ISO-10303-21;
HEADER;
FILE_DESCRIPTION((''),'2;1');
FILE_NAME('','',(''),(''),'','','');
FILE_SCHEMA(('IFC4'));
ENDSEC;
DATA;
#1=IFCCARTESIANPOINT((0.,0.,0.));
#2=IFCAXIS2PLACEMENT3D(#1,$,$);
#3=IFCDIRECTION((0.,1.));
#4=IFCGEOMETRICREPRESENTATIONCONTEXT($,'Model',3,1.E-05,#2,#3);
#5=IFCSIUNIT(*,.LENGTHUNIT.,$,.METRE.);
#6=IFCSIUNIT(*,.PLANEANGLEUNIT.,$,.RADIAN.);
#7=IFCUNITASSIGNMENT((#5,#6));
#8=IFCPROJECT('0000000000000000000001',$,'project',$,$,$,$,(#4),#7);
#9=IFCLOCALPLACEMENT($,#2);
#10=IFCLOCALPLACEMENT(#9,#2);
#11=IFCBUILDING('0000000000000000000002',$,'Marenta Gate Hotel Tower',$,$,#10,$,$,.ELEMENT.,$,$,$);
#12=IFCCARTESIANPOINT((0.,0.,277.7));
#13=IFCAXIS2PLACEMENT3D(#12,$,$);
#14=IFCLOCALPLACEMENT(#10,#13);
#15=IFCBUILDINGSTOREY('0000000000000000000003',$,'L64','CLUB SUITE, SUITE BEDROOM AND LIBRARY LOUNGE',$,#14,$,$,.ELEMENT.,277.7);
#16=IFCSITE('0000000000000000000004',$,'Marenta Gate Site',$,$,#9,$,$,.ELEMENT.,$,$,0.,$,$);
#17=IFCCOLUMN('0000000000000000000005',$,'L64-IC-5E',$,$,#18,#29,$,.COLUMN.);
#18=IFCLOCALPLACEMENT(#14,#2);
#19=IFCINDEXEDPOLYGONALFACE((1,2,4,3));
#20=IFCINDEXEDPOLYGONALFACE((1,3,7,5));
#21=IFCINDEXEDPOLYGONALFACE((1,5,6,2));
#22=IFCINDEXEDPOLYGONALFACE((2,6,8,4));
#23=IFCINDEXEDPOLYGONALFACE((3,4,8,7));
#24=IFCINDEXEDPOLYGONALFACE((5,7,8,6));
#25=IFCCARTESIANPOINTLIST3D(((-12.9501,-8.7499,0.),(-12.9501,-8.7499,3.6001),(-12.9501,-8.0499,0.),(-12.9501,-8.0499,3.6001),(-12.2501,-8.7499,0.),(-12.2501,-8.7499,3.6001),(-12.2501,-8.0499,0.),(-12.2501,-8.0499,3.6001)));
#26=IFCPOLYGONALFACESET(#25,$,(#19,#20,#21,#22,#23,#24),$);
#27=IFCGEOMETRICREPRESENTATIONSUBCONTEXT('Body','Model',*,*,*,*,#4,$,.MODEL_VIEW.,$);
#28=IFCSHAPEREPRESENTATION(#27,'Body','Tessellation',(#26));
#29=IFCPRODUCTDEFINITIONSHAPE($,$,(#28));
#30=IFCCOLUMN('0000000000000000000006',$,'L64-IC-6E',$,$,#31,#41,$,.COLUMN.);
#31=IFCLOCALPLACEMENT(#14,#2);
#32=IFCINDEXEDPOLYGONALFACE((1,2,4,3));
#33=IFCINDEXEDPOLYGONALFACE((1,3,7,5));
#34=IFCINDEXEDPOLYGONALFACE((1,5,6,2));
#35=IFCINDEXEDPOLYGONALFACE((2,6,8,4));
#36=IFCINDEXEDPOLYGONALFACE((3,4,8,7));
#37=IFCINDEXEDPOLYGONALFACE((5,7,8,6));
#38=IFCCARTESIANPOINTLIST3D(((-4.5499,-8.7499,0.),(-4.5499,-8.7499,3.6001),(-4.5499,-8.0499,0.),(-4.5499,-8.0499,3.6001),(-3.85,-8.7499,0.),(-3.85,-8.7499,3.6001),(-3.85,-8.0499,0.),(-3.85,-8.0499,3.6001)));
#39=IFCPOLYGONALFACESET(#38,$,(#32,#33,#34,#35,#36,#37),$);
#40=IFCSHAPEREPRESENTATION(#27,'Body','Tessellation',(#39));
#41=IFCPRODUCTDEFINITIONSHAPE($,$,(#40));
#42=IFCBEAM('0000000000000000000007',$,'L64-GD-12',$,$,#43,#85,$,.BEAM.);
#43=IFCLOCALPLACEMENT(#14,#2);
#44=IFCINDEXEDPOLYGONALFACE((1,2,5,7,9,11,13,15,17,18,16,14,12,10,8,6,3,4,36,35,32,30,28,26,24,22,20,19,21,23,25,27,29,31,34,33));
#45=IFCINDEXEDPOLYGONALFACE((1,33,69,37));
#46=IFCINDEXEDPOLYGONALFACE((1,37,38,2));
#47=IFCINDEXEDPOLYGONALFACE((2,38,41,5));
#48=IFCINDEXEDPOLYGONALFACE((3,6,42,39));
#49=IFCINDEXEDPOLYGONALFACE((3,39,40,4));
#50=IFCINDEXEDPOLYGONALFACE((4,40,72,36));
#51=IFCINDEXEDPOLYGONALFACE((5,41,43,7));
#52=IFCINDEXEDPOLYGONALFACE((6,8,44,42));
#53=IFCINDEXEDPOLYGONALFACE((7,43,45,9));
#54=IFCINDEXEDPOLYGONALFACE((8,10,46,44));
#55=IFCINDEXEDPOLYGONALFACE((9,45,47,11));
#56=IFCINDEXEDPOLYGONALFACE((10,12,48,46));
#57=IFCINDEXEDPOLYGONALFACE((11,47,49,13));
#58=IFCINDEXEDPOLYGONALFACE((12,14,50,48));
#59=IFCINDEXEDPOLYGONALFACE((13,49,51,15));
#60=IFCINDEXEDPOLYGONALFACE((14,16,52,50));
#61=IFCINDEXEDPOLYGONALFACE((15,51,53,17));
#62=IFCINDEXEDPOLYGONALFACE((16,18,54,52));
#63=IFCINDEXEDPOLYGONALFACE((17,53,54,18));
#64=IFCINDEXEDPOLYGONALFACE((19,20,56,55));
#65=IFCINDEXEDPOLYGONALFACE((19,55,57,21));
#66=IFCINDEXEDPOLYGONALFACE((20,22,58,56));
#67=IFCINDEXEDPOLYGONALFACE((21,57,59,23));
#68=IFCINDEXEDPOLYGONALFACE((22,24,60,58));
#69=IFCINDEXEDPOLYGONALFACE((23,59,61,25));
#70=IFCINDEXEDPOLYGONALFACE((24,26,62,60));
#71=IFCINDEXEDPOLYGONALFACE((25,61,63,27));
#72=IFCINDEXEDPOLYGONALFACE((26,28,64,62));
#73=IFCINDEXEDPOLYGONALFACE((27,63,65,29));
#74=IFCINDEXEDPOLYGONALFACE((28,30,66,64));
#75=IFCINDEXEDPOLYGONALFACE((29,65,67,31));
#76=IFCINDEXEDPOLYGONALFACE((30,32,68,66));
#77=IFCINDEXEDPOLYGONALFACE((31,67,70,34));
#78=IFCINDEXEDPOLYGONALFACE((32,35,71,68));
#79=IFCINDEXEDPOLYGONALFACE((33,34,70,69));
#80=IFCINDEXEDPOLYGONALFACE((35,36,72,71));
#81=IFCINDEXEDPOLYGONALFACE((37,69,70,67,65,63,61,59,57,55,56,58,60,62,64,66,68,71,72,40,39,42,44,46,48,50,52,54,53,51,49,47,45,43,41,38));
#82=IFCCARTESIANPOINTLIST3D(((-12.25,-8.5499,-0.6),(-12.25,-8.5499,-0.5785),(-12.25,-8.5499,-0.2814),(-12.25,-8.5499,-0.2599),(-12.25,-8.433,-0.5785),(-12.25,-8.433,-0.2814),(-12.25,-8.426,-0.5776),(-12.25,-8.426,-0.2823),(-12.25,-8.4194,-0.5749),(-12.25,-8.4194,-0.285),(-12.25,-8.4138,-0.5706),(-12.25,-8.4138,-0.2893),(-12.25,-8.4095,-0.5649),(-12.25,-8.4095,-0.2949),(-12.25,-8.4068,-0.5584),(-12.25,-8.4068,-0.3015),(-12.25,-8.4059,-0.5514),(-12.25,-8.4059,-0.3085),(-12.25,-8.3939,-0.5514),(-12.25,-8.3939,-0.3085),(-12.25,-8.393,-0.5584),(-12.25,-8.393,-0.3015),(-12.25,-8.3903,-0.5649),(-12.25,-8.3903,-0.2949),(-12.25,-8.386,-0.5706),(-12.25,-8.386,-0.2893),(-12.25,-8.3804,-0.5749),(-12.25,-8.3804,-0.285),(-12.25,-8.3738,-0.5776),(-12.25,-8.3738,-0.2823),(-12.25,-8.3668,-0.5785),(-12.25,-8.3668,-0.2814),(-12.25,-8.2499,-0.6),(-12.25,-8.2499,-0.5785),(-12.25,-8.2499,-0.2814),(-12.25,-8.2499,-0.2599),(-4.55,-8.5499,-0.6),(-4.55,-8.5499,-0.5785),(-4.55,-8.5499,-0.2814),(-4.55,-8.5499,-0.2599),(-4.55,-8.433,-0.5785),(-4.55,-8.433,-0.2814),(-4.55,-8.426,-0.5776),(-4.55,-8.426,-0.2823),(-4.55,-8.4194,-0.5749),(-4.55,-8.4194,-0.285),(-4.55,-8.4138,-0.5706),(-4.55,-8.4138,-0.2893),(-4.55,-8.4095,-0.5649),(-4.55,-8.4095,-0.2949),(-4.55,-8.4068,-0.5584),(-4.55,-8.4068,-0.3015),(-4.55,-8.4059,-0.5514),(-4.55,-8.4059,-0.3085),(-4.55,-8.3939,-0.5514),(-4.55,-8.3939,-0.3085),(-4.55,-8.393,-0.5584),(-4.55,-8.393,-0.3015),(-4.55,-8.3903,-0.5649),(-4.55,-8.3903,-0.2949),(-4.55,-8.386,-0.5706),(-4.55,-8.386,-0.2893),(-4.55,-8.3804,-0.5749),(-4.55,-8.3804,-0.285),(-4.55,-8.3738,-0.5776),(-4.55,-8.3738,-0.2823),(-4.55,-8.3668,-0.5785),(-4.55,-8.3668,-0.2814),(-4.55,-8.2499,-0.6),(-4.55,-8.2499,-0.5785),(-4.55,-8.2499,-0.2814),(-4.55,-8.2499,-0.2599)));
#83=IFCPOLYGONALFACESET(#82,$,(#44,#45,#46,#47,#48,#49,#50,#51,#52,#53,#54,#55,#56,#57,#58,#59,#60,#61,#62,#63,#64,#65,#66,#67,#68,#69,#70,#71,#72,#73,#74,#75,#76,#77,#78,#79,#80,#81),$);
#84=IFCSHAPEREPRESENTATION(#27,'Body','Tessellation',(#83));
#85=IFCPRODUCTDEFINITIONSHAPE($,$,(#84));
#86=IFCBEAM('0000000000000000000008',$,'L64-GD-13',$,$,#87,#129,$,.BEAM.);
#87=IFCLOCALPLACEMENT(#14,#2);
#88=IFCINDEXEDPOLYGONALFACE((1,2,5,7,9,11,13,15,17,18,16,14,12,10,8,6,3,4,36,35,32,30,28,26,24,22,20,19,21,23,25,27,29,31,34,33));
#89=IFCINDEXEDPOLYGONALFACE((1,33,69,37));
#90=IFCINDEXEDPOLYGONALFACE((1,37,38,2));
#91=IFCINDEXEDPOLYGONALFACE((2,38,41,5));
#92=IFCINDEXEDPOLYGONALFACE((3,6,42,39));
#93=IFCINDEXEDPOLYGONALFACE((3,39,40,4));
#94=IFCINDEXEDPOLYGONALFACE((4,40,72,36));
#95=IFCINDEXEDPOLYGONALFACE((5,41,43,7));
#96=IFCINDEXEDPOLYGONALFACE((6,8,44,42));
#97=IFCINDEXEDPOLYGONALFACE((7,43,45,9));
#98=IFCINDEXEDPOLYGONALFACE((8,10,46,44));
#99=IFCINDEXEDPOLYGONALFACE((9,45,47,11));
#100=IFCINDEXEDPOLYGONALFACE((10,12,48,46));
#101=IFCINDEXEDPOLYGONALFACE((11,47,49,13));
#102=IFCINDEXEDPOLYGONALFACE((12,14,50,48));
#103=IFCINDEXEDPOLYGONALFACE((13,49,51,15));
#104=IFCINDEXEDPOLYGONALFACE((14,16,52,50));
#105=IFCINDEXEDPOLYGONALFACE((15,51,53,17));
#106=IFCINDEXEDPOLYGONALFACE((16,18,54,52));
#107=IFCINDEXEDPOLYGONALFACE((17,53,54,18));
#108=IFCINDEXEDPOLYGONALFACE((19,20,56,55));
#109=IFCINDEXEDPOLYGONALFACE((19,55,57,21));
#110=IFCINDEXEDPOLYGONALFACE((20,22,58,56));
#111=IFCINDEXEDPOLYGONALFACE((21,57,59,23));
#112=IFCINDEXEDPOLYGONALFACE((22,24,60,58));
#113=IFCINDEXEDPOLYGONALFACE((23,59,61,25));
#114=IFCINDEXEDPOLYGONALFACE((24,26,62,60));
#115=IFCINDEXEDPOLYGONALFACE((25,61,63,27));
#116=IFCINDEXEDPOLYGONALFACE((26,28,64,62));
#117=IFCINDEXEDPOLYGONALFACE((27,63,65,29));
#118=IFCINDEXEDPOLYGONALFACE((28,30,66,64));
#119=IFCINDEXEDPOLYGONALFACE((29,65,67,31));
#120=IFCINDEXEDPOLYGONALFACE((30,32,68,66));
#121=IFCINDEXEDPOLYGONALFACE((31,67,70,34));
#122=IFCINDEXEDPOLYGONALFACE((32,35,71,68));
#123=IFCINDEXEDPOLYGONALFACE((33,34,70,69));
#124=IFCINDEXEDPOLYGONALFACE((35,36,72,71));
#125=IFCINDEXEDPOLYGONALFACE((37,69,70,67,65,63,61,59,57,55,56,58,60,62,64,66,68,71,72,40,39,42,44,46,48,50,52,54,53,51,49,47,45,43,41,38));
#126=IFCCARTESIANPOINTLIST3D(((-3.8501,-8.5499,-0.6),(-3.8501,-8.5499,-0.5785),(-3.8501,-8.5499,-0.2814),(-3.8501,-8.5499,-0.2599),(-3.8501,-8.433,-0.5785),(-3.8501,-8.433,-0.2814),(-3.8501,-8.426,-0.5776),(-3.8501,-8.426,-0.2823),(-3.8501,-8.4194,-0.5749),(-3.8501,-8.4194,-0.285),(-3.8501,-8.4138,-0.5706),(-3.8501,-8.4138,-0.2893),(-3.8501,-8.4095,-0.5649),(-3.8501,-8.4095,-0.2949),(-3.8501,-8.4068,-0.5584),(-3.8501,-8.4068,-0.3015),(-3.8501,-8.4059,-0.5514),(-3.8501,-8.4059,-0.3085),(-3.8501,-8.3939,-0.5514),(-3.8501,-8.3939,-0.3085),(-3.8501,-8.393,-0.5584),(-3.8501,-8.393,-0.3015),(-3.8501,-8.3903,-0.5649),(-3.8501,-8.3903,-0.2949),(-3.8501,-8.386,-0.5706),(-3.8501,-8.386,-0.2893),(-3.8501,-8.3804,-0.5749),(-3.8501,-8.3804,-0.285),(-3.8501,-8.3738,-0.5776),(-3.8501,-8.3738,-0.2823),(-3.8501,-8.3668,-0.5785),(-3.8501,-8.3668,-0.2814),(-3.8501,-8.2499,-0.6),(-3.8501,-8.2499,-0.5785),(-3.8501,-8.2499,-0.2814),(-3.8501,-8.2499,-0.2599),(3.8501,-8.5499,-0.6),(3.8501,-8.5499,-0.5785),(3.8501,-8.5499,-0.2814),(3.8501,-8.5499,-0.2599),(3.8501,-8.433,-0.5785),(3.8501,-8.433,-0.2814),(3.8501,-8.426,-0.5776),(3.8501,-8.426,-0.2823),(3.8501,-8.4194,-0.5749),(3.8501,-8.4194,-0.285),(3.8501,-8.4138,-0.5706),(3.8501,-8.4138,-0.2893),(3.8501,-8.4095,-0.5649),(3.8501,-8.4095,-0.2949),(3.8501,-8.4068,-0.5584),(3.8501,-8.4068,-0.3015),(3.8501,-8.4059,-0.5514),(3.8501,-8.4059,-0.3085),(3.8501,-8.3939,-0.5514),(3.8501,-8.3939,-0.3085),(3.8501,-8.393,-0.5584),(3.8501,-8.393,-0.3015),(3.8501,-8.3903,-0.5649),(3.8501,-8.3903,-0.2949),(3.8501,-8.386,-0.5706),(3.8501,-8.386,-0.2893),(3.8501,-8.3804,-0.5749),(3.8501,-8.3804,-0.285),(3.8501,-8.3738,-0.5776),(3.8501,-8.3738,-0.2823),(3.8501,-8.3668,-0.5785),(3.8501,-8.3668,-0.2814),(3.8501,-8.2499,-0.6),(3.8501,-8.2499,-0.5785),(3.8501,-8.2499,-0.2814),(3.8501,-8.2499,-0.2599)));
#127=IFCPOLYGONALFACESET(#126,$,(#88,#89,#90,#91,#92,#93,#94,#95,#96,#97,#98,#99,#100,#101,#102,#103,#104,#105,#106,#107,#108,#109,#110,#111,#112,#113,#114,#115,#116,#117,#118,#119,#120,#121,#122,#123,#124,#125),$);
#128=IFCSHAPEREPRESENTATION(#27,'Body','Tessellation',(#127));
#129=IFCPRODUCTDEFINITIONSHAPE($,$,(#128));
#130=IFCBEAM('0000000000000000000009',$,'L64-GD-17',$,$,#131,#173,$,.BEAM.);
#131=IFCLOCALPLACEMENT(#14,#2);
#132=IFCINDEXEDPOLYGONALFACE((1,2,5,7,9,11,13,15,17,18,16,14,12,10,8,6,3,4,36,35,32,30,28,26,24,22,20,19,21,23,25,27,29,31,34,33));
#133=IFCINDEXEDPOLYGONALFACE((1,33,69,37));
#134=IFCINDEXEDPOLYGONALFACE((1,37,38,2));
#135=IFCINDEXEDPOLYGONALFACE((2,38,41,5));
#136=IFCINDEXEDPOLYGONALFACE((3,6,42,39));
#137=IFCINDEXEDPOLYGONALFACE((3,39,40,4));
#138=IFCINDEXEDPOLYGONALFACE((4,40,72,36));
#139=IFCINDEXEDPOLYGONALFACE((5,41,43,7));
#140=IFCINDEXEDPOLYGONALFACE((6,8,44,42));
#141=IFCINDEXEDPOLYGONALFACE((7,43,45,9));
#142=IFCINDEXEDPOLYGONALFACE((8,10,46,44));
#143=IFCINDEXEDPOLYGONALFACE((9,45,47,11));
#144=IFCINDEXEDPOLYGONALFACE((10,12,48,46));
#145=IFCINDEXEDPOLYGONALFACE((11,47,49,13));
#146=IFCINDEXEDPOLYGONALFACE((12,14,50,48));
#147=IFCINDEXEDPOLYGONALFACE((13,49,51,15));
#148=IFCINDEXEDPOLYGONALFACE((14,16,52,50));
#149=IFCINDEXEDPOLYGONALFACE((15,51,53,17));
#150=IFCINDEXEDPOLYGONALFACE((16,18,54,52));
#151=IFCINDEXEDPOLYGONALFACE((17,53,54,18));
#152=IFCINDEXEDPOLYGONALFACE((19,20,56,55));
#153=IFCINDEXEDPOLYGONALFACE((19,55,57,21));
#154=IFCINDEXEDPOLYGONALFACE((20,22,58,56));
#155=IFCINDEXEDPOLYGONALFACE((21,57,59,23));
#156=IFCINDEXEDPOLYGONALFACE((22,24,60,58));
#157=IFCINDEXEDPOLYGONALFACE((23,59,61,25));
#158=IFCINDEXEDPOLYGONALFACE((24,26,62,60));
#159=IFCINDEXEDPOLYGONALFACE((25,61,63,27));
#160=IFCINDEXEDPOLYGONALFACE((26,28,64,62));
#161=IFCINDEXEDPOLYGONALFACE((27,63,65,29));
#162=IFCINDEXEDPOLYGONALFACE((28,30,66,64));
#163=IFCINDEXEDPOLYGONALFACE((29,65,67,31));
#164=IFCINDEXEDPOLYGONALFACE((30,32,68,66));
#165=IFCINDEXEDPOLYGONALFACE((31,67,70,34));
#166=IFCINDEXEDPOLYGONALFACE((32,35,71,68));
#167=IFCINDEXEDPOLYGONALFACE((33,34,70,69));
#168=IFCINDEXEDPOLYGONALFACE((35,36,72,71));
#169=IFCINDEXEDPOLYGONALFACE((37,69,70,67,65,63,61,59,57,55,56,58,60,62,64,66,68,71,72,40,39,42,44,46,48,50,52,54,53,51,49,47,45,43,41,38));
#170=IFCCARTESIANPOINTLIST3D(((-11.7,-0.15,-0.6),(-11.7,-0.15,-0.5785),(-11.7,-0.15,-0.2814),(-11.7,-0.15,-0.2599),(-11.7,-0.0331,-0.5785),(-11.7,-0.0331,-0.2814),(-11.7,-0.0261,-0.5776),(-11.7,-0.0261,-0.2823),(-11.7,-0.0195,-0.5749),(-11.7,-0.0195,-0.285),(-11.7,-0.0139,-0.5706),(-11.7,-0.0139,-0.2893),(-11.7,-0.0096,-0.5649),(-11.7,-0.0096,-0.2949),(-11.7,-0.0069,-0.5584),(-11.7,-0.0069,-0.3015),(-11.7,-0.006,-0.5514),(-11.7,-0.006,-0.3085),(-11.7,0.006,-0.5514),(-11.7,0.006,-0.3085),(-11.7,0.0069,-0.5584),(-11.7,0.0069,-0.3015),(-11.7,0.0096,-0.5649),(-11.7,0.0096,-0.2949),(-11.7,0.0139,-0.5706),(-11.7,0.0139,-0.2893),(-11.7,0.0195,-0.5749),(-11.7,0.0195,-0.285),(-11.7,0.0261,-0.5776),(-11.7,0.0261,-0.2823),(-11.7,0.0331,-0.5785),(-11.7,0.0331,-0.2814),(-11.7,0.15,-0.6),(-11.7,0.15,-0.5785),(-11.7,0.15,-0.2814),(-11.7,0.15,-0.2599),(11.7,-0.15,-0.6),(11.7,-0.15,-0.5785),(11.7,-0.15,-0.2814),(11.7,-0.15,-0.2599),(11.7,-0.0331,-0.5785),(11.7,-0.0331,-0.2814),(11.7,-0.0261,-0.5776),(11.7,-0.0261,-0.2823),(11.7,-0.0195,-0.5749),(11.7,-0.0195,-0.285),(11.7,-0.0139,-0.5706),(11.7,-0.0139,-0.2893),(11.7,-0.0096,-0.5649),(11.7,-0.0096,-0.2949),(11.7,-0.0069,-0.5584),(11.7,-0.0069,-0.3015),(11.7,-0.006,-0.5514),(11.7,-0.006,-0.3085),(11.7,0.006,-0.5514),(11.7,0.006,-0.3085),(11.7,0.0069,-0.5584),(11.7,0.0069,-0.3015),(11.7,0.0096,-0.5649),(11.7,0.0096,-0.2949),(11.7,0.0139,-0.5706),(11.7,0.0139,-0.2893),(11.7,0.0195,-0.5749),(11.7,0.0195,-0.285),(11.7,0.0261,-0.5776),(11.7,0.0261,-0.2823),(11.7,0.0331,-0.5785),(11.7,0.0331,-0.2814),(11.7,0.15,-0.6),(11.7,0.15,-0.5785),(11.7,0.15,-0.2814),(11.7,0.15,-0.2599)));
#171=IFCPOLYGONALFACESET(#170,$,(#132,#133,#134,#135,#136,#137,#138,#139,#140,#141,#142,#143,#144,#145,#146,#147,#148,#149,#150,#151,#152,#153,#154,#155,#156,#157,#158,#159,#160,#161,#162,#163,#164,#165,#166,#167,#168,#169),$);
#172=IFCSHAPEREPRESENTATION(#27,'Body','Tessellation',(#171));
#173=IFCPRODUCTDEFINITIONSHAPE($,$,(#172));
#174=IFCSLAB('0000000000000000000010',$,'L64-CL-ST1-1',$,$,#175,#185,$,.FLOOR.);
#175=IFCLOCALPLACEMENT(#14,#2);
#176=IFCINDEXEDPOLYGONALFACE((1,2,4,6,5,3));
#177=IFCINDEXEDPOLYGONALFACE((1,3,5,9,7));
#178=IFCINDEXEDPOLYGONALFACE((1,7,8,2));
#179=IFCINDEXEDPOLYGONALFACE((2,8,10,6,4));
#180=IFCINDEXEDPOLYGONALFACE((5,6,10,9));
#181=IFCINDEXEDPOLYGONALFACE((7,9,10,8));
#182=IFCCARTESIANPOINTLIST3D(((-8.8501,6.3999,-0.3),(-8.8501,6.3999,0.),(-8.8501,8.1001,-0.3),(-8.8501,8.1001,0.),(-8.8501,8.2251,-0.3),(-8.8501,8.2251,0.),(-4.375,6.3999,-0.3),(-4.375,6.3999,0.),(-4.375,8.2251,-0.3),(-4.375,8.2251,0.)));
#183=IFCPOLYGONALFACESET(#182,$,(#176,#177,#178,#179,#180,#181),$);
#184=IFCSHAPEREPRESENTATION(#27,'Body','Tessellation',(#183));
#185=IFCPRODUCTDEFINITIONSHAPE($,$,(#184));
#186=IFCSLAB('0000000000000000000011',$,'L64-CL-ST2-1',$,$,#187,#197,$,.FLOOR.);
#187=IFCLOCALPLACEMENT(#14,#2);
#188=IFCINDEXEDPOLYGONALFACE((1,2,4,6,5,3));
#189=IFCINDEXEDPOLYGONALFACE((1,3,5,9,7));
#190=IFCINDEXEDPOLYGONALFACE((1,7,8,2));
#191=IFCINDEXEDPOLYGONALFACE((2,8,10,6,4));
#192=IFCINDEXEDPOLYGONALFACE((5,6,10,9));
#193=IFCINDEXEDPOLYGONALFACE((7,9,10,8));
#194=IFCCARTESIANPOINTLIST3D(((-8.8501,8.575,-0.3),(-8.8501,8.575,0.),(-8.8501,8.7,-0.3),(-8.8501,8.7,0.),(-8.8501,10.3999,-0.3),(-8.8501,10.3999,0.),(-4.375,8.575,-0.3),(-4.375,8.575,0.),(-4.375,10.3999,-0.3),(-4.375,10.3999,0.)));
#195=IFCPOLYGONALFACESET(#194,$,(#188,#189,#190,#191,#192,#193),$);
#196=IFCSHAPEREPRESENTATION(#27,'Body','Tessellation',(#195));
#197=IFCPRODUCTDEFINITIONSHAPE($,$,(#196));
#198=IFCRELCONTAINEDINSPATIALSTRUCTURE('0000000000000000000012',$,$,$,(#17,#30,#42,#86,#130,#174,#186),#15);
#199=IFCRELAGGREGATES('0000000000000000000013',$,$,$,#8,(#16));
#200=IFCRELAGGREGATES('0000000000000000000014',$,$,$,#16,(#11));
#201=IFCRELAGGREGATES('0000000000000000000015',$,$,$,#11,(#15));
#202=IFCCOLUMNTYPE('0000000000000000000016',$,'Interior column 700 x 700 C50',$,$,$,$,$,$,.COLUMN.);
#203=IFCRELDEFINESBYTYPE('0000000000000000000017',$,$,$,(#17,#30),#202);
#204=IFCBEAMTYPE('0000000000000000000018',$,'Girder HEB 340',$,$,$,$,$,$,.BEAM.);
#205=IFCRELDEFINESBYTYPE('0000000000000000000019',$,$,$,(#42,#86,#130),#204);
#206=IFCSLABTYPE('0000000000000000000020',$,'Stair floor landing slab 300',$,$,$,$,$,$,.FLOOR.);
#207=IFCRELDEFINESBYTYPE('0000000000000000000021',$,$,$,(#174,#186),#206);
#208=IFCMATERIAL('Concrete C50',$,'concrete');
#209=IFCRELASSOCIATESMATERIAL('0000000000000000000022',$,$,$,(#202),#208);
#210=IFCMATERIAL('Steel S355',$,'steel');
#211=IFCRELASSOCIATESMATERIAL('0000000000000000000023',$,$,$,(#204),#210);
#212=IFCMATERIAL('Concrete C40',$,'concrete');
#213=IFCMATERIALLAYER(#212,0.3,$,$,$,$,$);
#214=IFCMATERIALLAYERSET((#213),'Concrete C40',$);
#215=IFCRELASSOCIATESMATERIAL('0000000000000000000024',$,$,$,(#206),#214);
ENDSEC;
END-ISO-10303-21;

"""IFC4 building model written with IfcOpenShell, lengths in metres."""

from ifc_helpers import new_model, si_unit, direction, frame, origin, origin_2d, place, context, subcontext, project, spatial, polyline, rectangle, i_section, outline, extrude, material, layer, layer_set, material_profile, profile_set, type_object, element, save


model = new_model("IFC4")

# Units and contexts
model_context = context("Model", 3, precision=1e-05, world=origin(), true_north=direction((0.0, 1.0)))
body_context = subcontext(model_context, "Body", "Model", "MODEL_VIEW")
ifc_project = project(units=[si_unit("LENGTHUNIT", "METRE"), si_unit("PLANEANGLEUNIT", "RADIAN")], contexts=[model_context])

# Site, building, storey
site_placement = place(None, origin())
site = spatial("IfcSite", under=ifc_project, at=site_placement, Name="Marenta Gate Site", CompositionType="ELEMENT", RefElevation=0.0)
building_placement = place(site_placement, origin())
building = spatial("IfcBuilding", under=site, at=building_placement, Name="Marenta Gate Hotel Tower", CompositionType="ELEMENT")
storey_placement = place(building_placement, frame((0.0, 0.0, 277.7)))
storey = spatial("IfcBuildingStorey", under=building, at=storey_placement, Name="L64", Description="CLUB SUITE, SUITE BEDROOM AND LIBRARY LOUNGE", CompositionType="ELEMENT", Elevation=277.7)

# Columns
ifc_material_1 = material(Name="Concrete C50", Category="concrete")
ifc_material_profile_1 = material_profile(ifc_material_1, rectangle(XDim=0.7, YDim=0.7, at=origin_2d()), Name="700 x 700")
ifc_profile_set_1 = profile_set([ifc_material_profile_1], Name="Concrete C50")
column_type = type_object("IfcColumnType", Name="Interior column 700 x 700 C50", PredefinedType="COLUMN", material=ifc_profile_set_1)
for number, where, z_axis, x_axis, name in (
    (1, (-12.6001, -8.3999, 0.0), (0.0, 0.0, 1.0), (1.0, 0.0, 0.0), "L64-IC-5E"),
    (2, (-4.2, -8.3999, 0.0), (0.0, 0.0, 1.0), (1.0, 0.0, 0.0), "L64-IC-6E"),
):
    element("IfcColumn", number, at=place(storey_placement, frame(where, z_axis=z_axis, x_axis=x_axis)), inside=storey, type_object=column_type, Name=name, PredefinedType="COLUMN", context=body_context, shape_type="SweptSolid", body=[
        extrude(rectangle(XDim=0.7, YDim=0.7, at=origin_2d()), origin(), (0.0, 0.0, 1.0), 3.6001),
    ])

# Beams
ifc_material_2 = material(Name="Steel S355", Category="steel")
ifc_material_profile_2 = material_profile(ifc_material_2, i_section(OverallWidth=0.3, OverallDepth=0.3401, WebThickness=0.012, FlangeThickness=0.0215, FilletRadius=0.0271, at=origin_2d()), Name="HEB 340")
ifc_profile_set_2 = profile_set([ifc_material_profile_2], Name="Steel S355")
beam_type = type_object("IfcBeamType", Name="Girder HEB 340", PredefinedType="BEAM", material=ifc_profile_set_2)
beam_1_placement = place(storey_placement, frame((-12.25, -8.3999, -0.4299), z_axis=(1.0, 0.0, 0.0), x_axis=(0.0, 1.0, 0.0)))
element("IfcBeam", 3, at=beam_1_placement, inside=storey, type_object=beam_type, Name="L64-GD-12", PredefinedType="BEAM", context=body_context, shape_type="SweptSolid", body=[
    extrude(i_section(OverallWidth=0.3, OverallDepth=0.3401, WebThickness=0.012, FlangeThickness=0.0215, FilletRadius=0.0271, at=origin_2d()), origin(), (0.0, 0.0, 1.0), 7.7),
])
beam_2_placement = place(storey_placement, frame((-3.8501, -8.3999, -0.4299), z_axis=(1.0, 0.0, 0.0), x_axis=(0.0, 1.0, 0.0)))
element("IfcBeam", 4, at=beam_2_placement, inside=storey, type_object=beam_type, Name="L64-GD-13", PredefinedType="BEAM", context=body_context, shape_type="SweptSolid", body=[
    extrude(i_section(OverallWidth=0.3, OverallDepth=0.3401, WebThickness=0.012, FlangeThickness=0.0215, FilletRadius=0.0271, at=origin_2d()), origin(), (0.0, 0.0, 1.0), 7.7002),
])
beam_3_placement = place(storey_placement, frame((-11.7, 0.0, -0.4299), z_axis=(1.0, 0.0, 0.0), x_axis=(0.0, 1.0, 0.0)))
element("IfcBeam", 5, at=beam_3_placement, inside=storey, type_object=beam_type, Name="L64-GD-17", PredefinedType="BEAM", context=body_context, shape_type="SweptSolid", body=[
    extrude(i_section(OverallWidth=0.3, OverallDepth=0.3401, WebThickness=0.012, FlangeThickness=0.0215, FilletRadius=0.0271, at=origin_2d()), origin(), (0.0, 0.0, 1.0), 23.3999),
])

# Slabs
ifc_material_3 = material(Name="Concrete C40", Category="concrete")
ifc_layer_1 = layer(ifc_material_3, 0.3)
ifc_layer_set_1 = layer_set([ifc_layer_1], Name="Concrete C40")
slab_type_1 = type_object("IfcSlabType", Name="Stair floor landing slab 300", PredefinedType="FLOOR", material=ifc_layer_set_1)
slab_1_placement = place(storey_placement, frame((0.0, 0.0, -0.3)))
element("IfcSlab", 6, at=slab_1_placement, inside=storey, type_object=slab_type_1, Name="L64-CL-ST1-1", PredefinedType="FLOOR", context=body_context, shape_type="SweptSolid", body=[
    extrude(outline(polyline([(-4.375, 6.3999), (-8.8501, 6.3999), (-8.8501, 8.1001), (-8.8501, 8.2251), (-4.375, 8.2251), (-4.375, 6.3999)])), origin(), (0.0, 0.0, 1.0), 0.3),
])
slab_2_placement = place(storey_placement, frame((0.0, 0.0, -0.3)))
element("IfcSlab", 7, at=slab_2_placement, inside=storey, type_object=slab_type_1, Name="L64-CL-ST2-1", PredefinedType="FLOOR", context=body_context, shape_type="SweptSolid", body=[
    extrude(outline(polyline([(-4.375, 8.575), (-8.8501, 8.575), (-8.8501, 8.7), (-8.8501, 10.3999), (-4.375, 10.3999), (-4.375, 8.575)])), origin(), (0.0, 0.0, 1.0), 0.3),
])

save(model, "model.ifc")
